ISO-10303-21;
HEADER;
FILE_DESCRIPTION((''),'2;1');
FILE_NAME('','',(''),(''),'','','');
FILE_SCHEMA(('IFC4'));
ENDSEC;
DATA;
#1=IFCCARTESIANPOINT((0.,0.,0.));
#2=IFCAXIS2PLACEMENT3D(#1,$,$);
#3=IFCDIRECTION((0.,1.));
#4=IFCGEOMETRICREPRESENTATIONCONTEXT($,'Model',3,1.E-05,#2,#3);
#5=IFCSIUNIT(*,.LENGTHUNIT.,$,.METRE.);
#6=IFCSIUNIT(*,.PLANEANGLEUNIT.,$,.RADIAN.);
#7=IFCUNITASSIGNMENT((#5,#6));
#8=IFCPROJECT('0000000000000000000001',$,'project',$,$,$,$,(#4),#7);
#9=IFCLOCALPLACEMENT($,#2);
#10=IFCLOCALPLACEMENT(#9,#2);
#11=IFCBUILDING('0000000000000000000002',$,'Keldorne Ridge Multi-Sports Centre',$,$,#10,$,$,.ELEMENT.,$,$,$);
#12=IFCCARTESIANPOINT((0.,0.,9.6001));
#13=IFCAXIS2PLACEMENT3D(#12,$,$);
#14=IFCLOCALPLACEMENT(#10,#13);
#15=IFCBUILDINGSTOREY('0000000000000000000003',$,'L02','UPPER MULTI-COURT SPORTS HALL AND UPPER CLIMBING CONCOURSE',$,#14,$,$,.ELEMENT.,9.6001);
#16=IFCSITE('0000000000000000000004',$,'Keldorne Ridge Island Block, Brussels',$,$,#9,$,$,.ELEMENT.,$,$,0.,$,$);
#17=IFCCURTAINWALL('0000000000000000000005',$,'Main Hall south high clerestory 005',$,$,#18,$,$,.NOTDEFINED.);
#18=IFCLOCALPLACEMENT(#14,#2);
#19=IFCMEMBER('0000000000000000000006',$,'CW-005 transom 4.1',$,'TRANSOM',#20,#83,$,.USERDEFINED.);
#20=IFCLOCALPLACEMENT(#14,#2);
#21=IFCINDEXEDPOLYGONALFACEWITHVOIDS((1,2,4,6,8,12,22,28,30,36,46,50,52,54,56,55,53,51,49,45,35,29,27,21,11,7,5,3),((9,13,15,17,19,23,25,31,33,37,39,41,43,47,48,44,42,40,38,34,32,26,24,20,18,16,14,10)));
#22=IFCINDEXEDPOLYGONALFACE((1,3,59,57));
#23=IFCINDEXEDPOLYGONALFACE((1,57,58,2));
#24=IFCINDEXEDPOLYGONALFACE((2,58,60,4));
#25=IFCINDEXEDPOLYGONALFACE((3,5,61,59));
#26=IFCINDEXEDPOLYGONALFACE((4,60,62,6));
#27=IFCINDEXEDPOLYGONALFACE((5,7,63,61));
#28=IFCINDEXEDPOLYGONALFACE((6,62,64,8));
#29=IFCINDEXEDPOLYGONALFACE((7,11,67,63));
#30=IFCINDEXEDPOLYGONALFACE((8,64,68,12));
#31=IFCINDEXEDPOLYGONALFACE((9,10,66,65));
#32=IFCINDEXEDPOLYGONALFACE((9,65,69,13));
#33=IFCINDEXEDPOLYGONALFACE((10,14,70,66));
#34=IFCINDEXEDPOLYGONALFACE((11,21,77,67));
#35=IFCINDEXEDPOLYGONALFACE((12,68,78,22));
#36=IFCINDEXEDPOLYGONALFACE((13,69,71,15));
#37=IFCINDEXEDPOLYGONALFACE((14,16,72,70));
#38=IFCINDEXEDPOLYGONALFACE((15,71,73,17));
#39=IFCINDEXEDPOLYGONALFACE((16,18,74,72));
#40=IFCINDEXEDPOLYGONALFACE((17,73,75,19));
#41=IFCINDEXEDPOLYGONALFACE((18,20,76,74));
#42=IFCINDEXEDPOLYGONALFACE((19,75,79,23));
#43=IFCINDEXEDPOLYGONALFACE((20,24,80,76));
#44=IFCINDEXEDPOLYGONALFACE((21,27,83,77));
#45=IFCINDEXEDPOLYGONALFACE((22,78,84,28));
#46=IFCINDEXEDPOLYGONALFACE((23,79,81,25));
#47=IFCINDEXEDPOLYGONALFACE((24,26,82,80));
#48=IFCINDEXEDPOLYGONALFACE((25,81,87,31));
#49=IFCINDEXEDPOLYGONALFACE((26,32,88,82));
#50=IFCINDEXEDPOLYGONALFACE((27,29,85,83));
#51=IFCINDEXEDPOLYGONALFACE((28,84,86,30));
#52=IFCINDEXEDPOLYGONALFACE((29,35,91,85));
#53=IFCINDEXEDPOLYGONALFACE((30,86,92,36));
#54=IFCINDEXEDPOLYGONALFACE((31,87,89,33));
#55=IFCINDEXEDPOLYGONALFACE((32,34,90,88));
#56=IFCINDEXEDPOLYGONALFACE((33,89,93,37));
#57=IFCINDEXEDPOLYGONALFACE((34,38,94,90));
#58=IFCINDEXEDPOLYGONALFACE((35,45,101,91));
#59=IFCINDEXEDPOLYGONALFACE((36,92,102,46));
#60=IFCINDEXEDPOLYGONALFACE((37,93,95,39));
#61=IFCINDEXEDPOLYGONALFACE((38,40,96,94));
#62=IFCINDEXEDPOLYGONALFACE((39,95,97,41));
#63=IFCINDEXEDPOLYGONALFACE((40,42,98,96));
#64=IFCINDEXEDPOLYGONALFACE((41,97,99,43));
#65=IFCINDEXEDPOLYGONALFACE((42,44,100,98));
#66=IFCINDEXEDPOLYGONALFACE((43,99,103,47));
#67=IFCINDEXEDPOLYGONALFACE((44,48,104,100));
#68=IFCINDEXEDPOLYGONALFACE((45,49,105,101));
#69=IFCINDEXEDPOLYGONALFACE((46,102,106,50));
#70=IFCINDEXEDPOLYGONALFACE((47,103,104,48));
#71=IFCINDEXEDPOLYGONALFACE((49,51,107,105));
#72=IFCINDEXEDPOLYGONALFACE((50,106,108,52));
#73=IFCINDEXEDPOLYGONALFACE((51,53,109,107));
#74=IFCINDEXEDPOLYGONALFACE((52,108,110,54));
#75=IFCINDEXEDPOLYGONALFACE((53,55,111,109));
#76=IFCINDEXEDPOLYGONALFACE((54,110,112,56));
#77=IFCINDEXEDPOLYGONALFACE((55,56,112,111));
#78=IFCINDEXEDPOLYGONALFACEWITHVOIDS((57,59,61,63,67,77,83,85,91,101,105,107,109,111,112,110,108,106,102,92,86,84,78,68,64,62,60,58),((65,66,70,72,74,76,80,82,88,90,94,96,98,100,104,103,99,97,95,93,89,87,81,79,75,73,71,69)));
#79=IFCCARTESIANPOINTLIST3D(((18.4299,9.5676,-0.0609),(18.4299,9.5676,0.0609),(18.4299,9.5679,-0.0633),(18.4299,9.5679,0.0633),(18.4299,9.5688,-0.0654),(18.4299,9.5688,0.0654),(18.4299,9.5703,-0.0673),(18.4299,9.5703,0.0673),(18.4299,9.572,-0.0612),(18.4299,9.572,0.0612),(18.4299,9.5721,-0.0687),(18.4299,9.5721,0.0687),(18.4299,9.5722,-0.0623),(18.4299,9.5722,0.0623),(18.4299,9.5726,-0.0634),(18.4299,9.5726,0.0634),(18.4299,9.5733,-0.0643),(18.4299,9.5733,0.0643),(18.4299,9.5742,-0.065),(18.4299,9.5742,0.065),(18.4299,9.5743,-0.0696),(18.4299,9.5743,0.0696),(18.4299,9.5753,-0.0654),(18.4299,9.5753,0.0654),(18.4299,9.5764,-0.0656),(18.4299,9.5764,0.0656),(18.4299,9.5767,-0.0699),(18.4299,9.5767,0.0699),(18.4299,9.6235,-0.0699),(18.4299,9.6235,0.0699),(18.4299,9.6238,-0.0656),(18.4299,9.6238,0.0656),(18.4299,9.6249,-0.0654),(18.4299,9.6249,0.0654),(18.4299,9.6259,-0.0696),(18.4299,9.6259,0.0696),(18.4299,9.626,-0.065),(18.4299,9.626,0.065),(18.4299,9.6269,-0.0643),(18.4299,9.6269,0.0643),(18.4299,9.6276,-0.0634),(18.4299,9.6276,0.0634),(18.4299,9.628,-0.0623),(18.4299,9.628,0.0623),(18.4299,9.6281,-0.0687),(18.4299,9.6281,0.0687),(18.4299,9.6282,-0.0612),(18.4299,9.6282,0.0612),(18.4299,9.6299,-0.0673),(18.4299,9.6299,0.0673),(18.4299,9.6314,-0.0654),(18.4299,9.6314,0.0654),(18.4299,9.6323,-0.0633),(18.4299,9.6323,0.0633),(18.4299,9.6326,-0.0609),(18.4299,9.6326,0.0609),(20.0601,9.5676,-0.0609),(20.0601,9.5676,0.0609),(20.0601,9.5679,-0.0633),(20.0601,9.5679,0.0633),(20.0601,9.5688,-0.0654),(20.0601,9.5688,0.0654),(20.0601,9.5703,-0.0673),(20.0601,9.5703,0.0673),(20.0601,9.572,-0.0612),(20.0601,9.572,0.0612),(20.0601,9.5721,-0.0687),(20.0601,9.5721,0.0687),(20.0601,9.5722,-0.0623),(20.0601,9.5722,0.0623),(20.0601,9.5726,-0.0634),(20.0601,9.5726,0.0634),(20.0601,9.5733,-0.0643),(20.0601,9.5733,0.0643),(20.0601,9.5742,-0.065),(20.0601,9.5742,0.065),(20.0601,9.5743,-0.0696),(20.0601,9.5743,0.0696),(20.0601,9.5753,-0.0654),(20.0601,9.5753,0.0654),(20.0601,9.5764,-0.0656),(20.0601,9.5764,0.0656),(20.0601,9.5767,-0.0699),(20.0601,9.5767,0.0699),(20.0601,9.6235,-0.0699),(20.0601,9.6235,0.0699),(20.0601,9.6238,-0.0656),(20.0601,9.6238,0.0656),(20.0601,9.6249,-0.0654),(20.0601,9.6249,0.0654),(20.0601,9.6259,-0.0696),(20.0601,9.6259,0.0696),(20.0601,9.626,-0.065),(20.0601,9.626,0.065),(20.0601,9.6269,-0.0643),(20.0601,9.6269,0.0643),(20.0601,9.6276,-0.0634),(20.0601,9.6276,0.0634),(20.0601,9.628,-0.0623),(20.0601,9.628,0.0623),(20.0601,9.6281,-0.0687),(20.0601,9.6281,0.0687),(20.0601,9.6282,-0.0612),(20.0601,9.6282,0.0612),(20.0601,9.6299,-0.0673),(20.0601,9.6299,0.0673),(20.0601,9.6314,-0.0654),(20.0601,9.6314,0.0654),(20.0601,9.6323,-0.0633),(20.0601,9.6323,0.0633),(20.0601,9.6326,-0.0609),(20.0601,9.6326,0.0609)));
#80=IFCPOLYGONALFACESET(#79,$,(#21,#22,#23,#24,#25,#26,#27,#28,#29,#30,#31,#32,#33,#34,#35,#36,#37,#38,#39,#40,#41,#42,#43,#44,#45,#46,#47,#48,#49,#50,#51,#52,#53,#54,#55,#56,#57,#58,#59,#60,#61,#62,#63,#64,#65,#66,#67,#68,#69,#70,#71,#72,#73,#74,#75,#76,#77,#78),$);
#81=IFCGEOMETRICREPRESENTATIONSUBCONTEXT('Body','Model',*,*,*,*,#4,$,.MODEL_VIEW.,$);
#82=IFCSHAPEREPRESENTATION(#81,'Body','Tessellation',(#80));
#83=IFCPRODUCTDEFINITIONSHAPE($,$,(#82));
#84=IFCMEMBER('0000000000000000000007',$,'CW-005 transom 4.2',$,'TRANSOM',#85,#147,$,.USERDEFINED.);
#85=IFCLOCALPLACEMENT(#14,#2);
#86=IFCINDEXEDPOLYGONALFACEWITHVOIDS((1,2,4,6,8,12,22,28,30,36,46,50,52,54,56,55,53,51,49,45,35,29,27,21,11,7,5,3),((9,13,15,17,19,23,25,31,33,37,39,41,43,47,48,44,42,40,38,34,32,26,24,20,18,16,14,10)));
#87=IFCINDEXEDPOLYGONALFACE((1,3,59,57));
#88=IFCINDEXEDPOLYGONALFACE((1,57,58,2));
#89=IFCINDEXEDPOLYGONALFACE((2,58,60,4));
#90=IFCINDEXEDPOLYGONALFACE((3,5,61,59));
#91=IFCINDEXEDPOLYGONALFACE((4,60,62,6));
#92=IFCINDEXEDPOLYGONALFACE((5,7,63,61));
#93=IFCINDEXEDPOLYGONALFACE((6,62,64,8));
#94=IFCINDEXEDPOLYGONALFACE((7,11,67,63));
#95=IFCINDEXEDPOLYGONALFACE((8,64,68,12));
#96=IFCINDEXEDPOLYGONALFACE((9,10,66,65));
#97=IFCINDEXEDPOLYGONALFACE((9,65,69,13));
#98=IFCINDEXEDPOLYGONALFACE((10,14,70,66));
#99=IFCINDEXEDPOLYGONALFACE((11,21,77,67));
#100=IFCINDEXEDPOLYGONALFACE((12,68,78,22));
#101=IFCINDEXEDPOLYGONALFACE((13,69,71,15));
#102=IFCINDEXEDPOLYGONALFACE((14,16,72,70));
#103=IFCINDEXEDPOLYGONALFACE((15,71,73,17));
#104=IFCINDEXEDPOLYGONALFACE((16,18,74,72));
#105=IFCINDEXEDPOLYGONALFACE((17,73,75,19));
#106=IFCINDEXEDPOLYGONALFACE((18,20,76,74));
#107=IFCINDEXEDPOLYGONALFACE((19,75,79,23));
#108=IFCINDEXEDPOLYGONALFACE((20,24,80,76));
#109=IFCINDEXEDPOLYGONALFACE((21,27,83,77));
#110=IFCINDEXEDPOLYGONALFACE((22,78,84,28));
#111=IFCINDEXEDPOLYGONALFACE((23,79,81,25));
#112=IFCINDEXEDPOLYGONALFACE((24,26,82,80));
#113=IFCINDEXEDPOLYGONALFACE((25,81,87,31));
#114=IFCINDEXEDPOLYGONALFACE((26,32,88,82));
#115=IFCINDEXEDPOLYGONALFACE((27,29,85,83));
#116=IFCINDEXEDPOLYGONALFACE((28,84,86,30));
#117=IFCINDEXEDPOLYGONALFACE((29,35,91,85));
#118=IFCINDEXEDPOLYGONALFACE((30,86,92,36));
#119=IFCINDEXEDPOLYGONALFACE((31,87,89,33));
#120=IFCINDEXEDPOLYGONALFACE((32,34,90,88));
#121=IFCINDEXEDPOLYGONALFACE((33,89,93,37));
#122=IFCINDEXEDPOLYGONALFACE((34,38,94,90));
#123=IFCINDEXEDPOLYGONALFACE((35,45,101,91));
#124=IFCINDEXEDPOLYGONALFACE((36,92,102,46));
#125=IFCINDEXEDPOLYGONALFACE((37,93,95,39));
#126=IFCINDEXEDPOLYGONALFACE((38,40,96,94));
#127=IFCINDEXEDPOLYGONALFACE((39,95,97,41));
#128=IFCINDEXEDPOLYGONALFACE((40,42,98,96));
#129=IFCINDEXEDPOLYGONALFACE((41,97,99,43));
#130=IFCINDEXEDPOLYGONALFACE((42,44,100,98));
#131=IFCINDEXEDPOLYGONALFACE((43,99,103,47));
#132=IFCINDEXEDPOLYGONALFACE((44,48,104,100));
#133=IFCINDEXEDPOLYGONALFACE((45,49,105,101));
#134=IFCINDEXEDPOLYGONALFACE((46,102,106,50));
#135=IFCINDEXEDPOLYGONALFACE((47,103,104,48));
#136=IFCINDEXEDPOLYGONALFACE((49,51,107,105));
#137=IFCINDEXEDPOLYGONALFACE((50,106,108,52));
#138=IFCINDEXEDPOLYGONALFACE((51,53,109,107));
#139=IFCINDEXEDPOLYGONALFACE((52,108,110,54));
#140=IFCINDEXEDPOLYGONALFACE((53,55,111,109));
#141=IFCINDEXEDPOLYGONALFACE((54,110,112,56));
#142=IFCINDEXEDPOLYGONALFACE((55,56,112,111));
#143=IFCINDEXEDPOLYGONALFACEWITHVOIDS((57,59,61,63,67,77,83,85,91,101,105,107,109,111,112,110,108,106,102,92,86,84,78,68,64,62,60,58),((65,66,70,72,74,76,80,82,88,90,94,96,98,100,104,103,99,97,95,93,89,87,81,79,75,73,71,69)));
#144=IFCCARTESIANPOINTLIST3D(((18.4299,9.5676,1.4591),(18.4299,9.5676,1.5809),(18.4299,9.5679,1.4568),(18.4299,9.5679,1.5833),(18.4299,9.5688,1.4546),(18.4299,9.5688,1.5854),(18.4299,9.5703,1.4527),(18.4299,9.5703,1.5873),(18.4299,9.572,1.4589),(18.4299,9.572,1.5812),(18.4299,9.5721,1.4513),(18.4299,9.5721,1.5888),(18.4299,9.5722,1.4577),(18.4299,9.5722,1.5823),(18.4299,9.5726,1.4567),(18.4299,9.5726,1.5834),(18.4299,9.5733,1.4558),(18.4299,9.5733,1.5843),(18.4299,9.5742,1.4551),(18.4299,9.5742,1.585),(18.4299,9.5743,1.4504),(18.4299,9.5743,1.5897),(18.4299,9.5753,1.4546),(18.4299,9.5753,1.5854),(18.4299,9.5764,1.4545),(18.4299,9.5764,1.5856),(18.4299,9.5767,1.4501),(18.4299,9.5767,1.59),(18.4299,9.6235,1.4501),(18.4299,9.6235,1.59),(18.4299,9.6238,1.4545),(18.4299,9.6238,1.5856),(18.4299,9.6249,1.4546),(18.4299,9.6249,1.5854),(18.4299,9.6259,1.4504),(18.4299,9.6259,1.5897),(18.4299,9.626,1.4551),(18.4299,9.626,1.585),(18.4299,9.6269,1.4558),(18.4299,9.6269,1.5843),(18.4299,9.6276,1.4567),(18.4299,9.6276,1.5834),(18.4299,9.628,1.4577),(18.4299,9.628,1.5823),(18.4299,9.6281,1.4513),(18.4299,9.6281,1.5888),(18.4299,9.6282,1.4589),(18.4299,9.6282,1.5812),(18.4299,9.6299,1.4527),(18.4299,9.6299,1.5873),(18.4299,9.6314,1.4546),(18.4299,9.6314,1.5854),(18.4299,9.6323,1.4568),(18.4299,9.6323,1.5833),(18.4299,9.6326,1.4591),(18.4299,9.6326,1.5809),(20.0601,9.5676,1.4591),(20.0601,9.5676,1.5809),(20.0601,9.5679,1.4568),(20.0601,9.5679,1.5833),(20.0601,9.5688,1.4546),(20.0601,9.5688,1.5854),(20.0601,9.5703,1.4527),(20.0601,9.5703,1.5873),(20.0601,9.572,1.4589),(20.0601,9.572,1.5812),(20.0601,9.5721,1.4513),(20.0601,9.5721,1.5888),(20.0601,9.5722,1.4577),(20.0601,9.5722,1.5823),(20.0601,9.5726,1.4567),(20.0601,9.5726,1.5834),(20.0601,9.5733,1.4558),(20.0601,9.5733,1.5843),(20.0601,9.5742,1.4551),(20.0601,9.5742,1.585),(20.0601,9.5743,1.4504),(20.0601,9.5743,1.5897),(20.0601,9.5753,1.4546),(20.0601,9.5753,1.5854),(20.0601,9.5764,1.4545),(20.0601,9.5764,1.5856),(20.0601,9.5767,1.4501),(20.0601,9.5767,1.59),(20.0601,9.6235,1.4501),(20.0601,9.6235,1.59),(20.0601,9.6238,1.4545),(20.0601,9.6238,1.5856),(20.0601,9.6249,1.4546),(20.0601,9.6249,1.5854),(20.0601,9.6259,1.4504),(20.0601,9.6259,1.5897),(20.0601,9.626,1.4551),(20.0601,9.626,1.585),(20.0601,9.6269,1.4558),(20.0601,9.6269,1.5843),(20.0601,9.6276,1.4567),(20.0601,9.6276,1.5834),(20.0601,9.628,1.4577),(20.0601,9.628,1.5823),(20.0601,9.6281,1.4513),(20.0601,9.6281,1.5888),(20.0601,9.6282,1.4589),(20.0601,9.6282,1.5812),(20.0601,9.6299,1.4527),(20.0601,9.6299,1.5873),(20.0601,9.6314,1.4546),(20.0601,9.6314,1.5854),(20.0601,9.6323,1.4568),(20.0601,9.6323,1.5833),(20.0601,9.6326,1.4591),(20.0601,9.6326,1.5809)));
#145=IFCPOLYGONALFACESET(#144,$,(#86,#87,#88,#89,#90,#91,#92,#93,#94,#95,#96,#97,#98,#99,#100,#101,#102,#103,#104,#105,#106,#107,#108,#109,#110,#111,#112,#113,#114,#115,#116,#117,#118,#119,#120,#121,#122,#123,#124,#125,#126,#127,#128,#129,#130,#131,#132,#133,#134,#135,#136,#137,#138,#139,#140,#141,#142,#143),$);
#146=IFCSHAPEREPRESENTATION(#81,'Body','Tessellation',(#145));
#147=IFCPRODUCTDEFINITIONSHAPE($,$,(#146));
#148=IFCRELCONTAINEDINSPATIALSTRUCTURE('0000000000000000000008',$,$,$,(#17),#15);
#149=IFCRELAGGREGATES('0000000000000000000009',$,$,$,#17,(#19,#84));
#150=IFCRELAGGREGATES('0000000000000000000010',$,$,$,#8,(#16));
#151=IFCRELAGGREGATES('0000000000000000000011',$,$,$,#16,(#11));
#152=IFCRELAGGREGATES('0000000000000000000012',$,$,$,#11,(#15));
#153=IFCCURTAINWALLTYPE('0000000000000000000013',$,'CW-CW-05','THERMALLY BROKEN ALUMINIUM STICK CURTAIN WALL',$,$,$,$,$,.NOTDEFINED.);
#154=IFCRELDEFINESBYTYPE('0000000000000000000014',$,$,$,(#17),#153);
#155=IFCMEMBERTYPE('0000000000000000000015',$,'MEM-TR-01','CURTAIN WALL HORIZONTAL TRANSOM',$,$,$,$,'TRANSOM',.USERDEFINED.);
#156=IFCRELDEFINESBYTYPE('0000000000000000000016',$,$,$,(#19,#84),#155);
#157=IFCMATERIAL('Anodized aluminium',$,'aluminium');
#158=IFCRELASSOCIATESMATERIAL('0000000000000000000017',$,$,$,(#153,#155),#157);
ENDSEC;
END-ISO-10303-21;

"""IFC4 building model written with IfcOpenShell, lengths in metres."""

from ifc_helpers import new_model, si_unit, direction, frame, origin, origin_2d, place, context, subcontext, project, spatial, hollow_rectangle, extrude, material, material_profile, profile_set, type_object, element, aggregate, save


model = new_model("IFC4")

# Units and contexts
model_context = context("Model", 3, precision=1e-05, world=origin(), true_north=direction((0.0, 1.0)))
body_context = subcontext(model_context, "Body", "Model", "MODEL_VIEW")
ifc_project = project(units=[si_unit("LENGTHUNIT", "METRE"), si_unit("PLANEANGLEUNIT", "RADIAN")], contexts=[model_context])

# Site, building, storey
site_placement = place(None, origin())
site = spatial("IfcSite", under=ifc_project, at=site_placement, Name="Keldorne Ridge Island Block, Brussels", CompositionType="ELEMENT", RefElevation=0.0)
building_placement = place(site_placement, origin())
building = spatial("IfcBuilding", under=site, at=building_placement, Name="Keldorne Ridge Multi-Sports Centre", CompositionType="ELEMENT")
storey_placement = place(building_placement, frame((0.0, 0.0, 9.6001)))
storey = spatial("IfcBuildingStorey", under=building, at=storey_placement, Name="L02", Description="UPPER MULTI-COURT SPORTS HALL AND UPPER CLIMBING CONCOURSE", CompositionType="ELEMENT", Elevation=9.6001)

# Curtain wall, members
ifc_material_1 = material(Name="Anodized aluminium", Category="aluminium")
curtain_wall_type = type_object("IfcCurtainWallType", Name="CW-CW-05", Description="THERMALLY BROKEN ALUMINIUM STICK CURTAIN WALL", PredefinedType="NOTDEFINED", material=ifc_material_1)
curtain_wall_placement = place(storey_placement, origin())
curtain_wall = element("IfcCurtainWall", 1, at=curtain_wall_placement, inside=storey, type_object=curtain_wall_type, Name="Main Hall south high clerestory 005", PredefinedType="NOTDEFINED")
ifc_material_profile_1 = material_profile(ifc_material_1, hollow_rectangle(XDim=0.0649, YDim=0.1399, WallThickness=0.0044, InnerFilletRadius=0.0044, OuterFilletRadius=0.009, at=origin_2d()), Name="ALU TRANSOM 140x65x4.5")
ifc_profile_set_1 = profile_set([ifc_material_profile_1], Name="Anodized aluminium")
member_type_1 = type_object("IfcMemberType", Name="MEM-TR-01", Description="CURTAIN WALL HORIZONTAL TRANSOM", ElementType="TRANSOM", PredefinedType="USERDEFINED", material=ifc_profile_set_1)
member_1_placement = place(storey_placement, frame((18.4299, 9.6001, 0.0), z_axis=(1.0, 0.0, 0.0), x_axis=(0.0, 1.0, 0.0)))
member_1 = element("IfcMember", 2, at=member_1_placement, type_object=member_type_1, Name="CW-005 transom 4.1", ObjectType="TRANSOM", PredefinedType="USERDEFINED", context=body_context, shape_type="SweptSolid", body=[
    extrude(hollow_rectangle(XDim=0.0649, YDim=0.1399, WallThickness=0.0044, InnerFilletRadius=0.0044, OuterFilletRadius=0.009, at=origin_2d()), origin(), (0.0, 0.0, 1.0), 1.6301),
])
member_2_placement = place(storey_placement, frame((18.4299, 9.6001, 1.52), z_axis=(1.0, 0.0, 0.0), x_axis=(0.0, 1.0, 0.0)))
member_2 = element("IfcMember", 3, at=member_2_placement, type_object=member_type_1, Name="CW-005 transom 4.2", ObjectType="TRANSOM", PredefinedType="USERDEFINED", context=body_context, shape_type="SweptSolid", body=[
    extrude(hollow_rectangle(XDim=0.0649, YDim=0.1399, WallThickness=0.0044, InnerFilletRadius=0.0044, OuterFilletRadius=0.009, at=origin_2d()), origin(), (0.0, 0.0, 1.0), 1.6301),
])
aggregate(curtain_wall, [member_1, member_2])

save(model, "model.ifc")
